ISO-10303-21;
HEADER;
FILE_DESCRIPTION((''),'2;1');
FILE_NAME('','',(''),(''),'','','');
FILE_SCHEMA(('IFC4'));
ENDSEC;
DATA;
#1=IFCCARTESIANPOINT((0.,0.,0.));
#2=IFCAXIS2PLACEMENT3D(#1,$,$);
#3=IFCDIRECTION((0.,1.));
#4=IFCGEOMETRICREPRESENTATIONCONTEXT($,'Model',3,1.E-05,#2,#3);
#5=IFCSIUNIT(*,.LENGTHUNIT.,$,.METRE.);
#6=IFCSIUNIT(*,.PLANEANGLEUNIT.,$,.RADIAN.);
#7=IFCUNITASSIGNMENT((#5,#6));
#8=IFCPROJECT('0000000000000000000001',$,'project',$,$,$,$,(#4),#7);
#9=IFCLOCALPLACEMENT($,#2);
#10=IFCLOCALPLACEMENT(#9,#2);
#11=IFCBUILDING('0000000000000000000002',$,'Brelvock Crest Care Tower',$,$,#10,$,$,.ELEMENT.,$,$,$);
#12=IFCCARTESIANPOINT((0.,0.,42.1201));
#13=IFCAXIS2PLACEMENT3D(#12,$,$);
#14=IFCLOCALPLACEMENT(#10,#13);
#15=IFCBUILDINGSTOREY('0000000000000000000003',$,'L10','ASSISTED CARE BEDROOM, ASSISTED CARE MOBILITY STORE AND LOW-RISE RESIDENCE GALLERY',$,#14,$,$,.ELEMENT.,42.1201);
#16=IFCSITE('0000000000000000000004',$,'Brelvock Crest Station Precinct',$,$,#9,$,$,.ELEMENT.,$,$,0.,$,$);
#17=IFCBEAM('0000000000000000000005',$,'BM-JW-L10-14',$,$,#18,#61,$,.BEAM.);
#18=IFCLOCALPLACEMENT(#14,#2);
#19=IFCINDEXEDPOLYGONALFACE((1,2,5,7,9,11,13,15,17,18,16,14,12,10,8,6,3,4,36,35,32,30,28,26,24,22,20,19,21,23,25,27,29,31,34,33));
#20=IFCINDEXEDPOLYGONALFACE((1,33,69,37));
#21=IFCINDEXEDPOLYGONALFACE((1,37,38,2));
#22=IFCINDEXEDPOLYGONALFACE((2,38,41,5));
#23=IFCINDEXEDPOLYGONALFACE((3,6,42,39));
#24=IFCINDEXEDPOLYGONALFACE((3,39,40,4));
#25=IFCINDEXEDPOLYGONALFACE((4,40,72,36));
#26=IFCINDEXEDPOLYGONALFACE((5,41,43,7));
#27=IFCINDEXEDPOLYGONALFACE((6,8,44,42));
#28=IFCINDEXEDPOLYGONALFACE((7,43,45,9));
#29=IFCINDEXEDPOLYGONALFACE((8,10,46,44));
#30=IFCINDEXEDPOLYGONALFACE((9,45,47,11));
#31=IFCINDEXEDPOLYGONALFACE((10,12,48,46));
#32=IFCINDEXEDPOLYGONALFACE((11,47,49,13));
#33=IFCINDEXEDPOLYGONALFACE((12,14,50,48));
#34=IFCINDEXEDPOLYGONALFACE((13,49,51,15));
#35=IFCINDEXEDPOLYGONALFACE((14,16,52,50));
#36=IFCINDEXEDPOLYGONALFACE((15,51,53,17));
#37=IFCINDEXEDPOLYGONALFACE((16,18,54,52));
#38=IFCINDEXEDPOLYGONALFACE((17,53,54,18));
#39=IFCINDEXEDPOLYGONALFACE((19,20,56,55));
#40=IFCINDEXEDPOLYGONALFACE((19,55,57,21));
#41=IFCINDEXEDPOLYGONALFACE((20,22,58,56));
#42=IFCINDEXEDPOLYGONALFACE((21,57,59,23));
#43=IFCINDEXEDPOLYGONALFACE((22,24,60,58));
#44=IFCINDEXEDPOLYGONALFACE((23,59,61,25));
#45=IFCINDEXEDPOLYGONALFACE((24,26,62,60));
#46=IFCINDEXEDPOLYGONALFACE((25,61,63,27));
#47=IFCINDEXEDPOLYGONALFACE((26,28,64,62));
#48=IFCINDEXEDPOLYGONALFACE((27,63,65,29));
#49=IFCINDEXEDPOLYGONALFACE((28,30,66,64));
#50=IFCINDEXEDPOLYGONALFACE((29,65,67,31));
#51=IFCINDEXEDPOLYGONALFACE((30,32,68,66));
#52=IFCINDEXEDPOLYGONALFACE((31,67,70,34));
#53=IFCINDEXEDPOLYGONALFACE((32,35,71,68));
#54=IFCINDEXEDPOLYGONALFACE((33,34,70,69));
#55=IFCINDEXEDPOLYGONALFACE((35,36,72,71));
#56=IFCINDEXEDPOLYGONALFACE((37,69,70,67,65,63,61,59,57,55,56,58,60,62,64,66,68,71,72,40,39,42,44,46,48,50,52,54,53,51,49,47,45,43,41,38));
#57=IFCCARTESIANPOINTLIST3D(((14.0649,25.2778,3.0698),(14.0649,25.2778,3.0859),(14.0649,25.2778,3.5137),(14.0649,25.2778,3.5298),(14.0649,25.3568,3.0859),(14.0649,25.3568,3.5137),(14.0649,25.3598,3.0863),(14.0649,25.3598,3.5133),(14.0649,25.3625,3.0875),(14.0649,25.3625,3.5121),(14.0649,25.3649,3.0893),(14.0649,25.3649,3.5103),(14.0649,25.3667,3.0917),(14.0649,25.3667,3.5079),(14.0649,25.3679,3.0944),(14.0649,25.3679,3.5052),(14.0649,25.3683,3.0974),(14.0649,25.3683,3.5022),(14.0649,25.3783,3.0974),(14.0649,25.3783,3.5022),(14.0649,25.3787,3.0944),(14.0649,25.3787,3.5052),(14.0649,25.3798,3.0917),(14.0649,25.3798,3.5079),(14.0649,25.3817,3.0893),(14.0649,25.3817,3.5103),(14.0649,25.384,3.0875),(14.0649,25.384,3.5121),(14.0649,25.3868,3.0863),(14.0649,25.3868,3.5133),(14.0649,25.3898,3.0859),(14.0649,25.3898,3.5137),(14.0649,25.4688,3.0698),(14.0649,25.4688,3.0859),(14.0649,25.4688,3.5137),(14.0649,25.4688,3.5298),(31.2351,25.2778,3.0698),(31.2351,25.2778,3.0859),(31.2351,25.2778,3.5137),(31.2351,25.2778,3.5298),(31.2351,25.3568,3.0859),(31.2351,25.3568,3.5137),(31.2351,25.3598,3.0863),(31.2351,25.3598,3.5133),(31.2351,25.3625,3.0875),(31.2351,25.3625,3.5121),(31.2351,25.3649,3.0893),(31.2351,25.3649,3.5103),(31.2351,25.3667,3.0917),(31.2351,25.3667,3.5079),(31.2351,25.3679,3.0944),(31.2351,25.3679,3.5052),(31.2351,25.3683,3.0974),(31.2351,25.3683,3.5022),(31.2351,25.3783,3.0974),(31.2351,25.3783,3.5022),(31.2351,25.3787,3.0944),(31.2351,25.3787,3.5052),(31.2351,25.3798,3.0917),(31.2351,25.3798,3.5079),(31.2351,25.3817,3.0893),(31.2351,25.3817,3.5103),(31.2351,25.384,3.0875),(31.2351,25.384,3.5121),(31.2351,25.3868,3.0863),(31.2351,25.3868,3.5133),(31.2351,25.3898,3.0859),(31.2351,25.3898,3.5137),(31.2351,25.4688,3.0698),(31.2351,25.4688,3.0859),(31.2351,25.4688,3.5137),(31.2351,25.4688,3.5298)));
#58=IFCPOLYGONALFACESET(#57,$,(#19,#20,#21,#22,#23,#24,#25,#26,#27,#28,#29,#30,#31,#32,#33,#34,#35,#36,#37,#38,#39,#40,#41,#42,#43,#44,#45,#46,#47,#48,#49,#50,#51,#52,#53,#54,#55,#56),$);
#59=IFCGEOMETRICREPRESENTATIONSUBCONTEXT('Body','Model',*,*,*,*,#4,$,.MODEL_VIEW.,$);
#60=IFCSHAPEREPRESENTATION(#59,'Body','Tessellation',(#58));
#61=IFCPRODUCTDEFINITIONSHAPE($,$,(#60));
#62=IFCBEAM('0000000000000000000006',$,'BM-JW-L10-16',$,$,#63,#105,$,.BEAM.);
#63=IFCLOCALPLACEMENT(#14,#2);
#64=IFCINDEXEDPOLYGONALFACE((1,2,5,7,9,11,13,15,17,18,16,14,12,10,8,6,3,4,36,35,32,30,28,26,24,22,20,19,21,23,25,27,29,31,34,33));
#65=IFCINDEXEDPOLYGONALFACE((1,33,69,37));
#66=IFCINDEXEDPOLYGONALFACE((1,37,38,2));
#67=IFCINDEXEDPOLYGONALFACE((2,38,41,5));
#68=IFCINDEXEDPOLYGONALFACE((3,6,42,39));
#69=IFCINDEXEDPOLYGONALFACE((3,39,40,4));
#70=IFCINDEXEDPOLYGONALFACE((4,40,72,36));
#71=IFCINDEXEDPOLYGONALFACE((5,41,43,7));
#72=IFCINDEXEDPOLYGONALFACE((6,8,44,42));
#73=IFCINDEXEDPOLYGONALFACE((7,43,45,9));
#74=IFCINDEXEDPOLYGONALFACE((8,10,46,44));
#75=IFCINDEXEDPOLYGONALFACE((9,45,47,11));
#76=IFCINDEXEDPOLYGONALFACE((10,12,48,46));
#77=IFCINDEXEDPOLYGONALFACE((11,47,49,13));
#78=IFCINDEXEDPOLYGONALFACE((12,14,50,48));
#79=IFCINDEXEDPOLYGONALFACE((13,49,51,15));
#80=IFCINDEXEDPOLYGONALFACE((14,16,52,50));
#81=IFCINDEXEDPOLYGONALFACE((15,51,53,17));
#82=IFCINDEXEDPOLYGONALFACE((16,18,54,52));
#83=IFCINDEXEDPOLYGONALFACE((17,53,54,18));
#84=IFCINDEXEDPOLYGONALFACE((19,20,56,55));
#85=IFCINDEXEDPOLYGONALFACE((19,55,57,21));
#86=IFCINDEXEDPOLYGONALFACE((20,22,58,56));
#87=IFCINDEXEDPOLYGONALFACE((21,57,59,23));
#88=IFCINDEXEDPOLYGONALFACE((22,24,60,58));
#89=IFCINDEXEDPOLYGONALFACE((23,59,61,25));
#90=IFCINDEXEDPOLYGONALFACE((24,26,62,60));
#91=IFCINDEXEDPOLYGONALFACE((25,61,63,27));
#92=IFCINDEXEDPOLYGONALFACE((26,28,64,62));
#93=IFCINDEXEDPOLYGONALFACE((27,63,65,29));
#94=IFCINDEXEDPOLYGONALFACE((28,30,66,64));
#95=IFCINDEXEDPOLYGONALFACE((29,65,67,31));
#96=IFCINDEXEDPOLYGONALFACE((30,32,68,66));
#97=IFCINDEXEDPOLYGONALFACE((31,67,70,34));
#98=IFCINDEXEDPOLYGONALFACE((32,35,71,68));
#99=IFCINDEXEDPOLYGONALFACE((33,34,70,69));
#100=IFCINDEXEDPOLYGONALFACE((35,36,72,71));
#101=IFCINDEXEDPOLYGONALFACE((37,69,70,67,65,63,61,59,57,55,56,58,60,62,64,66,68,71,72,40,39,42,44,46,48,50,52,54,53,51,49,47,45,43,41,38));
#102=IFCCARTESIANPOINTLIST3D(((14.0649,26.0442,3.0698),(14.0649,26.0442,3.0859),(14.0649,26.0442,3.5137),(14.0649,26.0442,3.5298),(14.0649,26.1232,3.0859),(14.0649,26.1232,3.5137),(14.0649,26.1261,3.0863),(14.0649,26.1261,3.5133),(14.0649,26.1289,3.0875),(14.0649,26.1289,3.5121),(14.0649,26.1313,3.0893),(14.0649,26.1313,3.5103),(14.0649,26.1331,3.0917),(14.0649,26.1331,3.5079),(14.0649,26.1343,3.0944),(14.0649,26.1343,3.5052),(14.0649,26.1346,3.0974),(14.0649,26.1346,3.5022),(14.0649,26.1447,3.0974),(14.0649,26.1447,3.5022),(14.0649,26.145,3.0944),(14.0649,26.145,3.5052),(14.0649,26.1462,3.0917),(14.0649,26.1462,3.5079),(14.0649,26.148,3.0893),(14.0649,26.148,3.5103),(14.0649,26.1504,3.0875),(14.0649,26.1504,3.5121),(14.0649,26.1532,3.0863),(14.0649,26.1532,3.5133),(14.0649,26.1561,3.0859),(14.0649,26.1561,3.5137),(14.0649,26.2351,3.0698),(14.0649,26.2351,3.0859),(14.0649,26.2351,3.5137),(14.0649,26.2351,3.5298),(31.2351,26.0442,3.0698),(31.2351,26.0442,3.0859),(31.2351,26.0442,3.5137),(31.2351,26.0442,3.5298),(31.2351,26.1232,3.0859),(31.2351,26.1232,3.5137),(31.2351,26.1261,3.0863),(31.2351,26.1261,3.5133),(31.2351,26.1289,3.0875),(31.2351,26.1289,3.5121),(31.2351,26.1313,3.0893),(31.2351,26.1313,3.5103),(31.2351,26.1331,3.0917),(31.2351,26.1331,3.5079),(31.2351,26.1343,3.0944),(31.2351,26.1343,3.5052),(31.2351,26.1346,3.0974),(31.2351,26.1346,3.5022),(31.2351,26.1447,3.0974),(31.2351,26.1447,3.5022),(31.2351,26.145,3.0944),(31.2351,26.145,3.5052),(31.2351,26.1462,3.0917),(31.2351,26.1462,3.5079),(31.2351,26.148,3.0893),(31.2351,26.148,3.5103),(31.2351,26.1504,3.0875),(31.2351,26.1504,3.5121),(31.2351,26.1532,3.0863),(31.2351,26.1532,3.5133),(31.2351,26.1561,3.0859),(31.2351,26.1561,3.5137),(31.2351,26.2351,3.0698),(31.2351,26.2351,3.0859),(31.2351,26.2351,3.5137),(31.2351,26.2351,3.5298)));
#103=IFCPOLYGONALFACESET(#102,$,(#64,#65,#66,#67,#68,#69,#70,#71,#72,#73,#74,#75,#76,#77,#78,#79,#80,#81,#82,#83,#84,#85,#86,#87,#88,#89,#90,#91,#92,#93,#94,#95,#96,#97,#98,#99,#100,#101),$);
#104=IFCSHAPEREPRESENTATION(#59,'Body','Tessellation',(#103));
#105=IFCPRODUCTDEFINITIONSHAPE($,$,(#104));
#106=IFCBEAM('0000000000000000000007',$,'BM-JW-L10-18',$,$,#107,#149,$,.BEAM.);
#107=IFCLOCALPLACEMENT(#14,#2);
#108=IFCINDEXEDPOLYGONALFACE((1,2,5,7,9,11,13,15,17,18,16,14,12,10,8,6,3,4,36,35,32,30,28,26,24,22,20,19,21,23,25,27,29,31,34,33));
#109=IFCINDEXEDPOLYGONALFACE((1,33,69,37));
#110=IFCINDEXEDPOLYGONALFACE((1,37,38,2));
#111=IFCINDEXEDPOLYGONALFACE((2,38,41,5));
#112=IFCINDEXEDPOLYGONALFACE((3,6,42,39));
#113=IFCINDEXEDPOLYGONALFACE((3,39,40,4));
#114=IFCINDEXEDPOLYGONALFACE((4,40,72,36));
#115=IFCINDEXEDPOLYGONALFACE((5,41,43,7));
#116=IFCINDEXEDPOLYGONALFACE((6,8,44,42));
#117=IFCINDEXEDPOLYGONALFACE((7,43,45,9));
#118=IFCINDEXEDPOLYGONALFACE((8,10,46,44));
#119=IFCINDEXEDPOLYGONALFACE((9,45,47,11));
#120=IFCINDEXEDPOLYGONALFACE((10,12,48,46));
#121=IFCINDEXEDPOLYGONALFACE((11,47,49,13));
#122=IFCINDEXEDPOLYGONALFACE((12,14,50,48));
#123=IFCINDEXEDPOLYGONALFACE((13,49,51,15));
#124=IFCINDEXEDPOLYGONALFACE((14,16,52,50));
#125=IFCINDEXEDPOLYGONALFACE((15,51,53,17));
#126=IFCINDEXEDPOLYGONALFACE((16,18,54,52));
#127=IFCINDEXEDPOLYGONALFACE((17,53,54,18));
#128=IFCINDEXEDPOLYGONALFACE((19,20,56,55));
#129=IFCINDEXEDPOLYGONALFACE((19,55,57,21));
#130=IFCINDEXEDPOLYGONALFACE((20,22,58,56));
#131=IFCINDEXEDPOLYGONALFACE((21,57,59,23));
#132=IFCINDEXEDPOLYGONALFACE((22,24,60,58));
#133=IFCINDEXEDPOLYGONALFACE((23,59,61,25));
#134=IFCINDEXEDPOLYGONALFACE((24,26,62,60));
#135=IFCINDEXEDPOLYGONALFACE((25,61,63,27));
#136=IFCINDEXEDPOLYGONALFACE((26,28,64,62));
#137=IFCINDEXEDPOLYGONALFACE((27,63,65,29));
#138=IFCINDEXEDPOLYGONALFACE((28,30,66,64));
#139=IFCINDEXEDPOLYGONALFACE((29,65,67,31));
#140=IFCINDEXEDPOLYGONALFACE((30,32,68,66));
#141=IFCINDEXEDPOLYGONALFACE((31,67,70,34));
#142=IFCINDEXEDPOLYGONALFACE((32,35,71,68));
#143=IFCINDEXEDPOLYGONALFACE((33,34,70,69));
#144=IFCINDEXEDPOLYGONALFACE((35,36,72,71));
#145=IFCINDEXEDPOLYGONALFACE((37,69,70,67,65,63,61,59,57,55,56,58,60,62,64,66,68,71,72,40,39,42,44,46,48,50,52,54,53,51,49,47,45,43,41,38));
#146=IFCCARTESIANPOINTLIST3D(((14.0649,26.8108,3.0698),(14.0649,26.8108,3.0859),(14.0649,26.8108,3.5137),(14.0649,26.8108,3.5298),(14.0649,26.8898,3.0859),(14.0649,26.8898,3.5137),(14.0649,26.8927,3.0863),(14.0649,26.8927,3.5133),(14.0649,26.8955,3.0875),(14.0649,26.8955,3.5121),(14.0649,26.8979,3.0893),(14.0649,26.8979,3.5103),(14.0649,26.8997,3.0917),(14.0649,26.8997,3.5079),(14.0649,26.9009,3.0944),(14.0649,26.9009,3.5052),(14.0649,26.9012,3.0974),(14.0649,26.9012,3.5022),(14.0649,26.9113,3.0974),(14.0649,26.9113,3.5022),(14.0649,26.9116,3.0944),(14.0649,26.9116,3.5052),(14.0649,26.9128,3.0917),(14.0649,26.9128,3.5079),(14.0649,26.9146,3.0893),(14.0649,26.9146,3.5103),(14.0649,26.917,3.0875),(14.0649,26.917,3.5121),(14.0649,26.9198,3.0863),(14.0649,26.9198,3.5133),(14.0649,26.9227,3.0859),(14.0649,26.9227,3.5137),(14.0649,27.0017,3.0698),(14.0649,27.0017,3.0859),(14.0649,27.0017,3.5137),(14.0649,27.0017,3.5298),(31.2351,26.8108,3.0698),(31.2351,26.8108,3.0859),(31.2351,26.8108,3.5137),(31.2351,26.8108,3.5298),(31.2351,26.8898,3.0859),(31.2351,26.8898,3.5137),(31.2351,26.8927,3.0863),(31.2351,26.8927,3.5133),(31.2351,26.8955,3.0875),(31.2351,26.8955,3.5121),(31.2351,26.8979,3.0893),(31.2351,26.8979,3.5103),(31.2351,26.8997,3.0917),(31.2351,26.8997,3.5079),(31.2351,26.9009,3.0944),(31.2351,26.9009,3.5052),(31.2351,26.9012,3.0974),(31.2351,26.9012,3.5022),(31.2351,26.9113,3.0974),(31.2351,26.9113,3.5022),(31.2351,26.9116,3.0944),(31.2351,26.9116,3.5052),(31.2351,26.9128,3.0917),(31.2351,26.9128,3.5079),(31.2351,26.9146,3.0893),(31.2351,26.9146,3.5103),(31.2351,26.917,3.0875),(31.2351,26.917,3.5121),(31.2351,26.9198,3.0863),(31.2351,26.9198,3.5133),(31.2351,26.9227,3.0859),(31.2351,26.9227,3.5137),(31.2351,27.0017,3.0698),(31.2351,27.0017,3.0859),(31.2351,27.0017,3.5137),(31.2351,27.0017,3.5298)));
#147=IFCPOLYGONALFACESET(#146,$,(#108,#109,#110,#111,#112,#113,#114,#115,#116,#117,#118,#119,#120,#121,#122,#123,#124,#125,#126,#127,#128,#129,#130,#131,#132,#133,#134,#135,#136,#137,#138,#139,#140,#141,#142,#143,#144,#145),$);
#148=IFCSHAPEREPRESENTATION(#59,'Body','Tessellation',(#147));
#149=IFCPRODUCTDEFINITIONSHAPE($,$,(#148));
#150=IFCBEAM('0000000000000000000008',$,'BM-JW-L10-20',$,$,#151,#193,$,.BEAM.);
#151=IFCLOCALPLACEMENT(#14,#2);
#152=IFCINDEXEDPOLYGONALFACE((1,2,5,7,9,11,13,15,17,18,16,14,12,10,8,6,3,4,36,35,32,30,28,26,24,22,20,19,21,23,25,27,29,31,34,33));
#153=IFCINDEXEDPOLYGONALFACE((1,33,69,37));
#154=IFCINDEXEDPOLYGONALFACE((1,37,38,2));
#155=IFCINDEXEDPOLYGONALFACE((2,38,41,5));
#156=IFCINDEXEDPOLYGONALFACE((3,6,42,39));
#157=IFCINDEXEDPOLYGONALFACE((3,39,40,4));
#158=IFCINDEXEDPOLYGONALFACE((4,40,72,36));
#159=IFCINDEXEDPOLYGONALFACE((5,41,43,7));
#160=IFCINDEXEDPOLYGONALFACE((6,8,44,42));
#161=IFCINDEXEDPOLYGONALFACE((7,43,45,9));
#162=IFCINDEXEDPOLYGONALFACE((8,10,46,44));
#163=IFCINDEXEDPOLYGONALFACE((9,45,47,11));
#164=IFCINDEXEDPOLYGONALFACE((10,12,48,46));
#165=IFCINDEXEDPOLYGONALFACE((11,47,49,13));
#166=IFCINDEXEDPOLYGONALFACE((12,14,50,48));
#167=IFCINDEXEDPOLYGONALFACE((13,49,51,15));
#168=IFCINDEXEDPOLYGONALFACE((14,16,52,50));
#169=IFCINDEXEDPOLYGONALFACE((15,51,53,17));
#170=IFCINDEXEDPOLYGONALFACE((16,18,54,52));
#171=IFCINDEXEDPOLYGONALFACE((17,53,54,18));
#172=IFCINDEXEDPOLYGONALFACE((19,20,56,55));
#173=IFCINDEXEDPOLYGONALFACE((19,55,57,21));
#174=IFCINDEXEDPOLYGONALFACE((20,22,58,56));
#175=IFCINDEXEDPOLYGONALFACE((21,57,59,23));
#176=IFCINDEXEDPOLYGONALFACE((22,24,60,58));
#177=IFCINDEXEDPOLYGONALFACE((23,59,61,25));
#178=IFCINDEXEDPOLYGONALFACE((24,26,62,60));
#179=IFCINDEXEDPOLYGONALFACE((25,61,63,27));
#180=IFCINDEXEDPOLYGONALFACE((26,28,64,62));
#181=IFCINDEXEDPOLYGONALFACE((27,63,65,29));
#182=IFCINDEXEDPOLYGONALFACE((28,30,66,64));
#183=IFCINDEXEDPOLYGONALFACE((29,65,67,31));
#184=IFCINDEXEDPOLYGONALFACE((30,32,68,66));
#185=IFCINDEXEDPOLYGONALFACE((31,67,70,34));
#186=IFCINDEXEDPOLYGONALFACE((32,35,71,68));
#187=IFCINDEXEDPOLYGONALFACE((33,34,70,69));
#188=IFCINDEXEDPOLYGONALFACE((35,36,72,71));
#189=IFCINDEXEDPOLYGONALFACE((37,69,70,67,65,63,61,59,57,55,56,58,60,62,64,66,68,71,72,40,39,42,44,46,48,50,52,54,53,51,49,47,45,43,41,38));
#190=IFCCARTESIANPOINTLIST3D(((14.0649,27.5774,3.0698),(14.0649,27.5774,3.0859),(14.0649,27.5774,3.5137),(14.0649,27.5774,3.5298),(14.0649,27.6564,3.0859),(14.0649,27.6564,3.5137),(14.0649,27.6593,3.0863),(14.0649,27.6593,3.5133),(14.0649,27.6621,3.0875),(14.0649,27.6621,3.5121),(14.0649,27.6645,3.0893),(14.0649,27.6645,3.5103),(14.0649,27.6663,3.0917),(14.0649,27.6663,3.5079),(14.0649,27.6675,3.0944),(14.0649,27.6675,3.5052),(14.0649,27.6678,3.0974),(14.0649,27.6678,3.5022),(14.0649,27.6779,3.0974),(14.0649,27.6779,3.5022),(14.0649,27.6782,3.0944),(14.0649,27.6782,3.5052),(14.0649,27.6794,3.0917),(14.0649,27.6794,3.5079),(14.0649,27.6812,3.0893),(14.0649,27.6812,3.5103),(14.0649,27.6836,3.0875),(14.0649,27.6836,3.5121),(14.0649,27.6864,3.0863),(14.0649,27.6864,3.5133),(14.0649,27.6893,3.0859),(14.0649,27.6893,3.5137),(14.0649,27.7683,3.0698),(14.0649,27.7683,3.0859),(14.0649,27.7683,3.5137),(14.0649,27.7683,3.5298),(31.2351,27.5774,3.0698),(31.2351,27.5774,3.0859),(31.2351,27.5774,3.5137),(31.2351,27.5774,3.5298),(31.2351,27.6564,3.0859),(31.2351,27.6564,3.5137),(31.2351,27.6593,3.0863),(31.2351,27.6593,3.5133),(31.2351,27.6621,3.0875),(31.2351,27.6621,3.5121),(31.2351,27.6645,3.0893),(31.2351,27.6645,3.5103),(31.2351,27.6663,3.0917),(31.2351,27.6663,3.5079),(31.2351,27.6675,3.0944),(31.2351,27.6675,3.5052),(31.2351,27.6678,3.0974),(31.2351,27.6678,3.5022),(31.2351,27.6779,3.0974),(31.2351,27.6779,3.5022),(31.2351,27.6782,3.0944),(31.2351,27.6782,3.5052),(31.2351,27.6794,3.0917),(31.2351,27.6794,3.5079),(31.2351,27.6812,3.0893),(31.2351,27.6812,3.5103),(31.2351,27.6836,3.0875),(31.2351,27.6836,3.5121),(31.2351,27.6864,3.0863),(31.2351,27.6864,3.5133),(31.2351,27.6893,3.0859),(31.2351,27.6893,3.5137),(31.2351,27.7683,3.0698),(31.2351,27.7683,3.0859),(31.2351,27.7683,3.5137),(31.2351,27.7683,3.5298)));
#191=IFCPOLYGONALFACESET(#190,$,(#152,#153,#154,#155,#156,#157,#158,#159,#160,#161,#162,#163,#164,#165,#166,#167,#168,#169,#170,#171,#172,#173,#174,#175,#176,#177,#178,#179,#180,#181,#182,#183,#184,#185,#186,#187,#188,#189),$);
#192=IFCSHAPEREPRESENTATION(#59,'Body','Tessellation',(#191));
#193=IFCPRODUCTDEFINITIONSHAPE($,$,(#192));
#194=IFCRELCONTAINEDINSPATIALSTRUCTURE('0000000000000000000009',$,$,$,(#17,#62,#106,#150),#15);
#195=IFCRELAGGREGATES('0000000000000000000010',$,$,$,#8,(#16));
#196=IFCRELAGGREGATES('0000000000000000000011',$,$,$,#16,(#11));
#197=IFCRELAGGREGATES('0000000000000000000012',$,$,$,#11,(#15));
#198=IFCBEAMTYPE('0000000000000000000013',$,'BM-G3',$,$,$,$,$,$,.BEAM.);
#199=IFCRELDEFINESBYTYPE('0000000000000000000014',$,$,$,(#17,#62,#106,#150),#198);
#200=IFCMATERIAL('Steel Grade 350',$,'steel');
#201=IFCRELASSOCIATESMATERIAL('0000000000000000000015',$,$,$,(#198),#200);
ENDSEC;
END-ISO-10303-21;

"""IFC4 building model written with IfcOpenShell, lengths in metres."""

from ifc_helpers import new_model, si_unit, direction, frame, origin, origin_2d, place, context, subcontext, project, spatial, i_section, extrude, source, transform, mapped, material, material_profile, profile_set, type_object, element, save


model = new_model("IFC4")

# Units and contexts
model_context = context("Model", 3, precision=1e-05, world=origin(), true_north=direction((0.0, 1.0)))
body_context = subcontext(model_context, "Body", "Model", "MODEL_VIEW")
ifc_project = project(units=[si_unit("LENGTHUNIT", "METRE"), si_unit("PLANEANGLEUNIT", "RADIAN")], contexts=[model_context])

# Site, building, storey
site_placement = place(None, origin())
site = spatial("IfcSite", under=ifc_project, at=site_placement, Name="Brelvock Crest Station Precinct", CompositionType="ELEMENT", RefElevation=0.0)
building_placement = place(site_placement, origin())
building = spatial("IfcBuilding", under=site, at=building_placement, Name="Brelvock Crest Care Tower", CompositionType="ELEMENT")
storey_placement = place(building_placement, frame((0.0, 0.0, 42.1201)))
storey = spatial("IfcBuildingStorey", under=building, at=storey_placement, Name="L10", Description="ASSISTED CARE BEDROOM, ASSISTED CARE MOBILITY STORE AND LOW-RISE RESIDENCE GALLERY", CompositionType="ELEMENT", Elevation=42.1201)

# Beams
ifc_material_1 = material(Name="Steel Grade 350", Category="steel")
ifc_material_profile_1 = material_profile(ifc_material_1, i_section(OverallWidth=0.1909, OverallDepth=0.46, WebThickness=0.01, FlangeThickness=0.0161, FilletRadius=0.0115, at=origin_2d()), Name="460UB82.1")
ifc_profile_set_1 = profile_set([ifc_material_profile_1], Name="Steel Grade 350")
beam_type_1 = type_object("IfcBeamType", Name="BM-G3", PredefinedType="BEAM", material=ifc_profile_set_1)
shared_shape_1 = source(origin(), body_context, "Body", "SweptSolid", [
    extrude(i_section(OverallWidth=0.1909, OverallDepth=0.46, WebThickness=0.01, FlangeThickness=0.0161, FilletRadius=0.0115, at=origin_2d()), origin(), (0.0, 0.0, 1.0), 17.1702),
])
for number, where, z_axis, x_axis, name in (
    (1, (14.0649, 25.3733, 3.2998), (1.0, 0.0, 0.0), (0.0, 1.0, 0.0), "BM-JW-L10-14"),
    (2, (14.0649, 26.1396, 3.2998), (1.0, 0.0, 0.0), (0.0, 1.0, 0.0), "BM-JW-L10-16"),
    (3, (14.0649, 26.9062, 3.2998), (1.0, 0.0, 0.0), (0.0, 1.0, 0.0), "BM-JW-L10-18"),
    (4, (14.0649, 27.6729, 3.2998), (1.0, 0.0, 0.0), (0.0, 1.0, 0.0), "BM-JW-L10-20"),
):
    element("IfcBeam", number, at=place(storey_placement, frame(where, z_axis=z_axis, x_axis=x_axis)), inside=storey, type_object=beam_type_1, Name=name, PredefinedType="BEAM", context=body_context, shape_type="MappedRepresentation", body=[
        mapped(shared_shape_1, transform((0.0, 0.0, 0.0), x_axis=(1.0, 0.0, 0.0), y_axis=(0.0, 1.0, 0.0), z_axis=(0.0, 0.0, 1.0), scale=1.0)),
    ])

save(model, "model.ifc")
